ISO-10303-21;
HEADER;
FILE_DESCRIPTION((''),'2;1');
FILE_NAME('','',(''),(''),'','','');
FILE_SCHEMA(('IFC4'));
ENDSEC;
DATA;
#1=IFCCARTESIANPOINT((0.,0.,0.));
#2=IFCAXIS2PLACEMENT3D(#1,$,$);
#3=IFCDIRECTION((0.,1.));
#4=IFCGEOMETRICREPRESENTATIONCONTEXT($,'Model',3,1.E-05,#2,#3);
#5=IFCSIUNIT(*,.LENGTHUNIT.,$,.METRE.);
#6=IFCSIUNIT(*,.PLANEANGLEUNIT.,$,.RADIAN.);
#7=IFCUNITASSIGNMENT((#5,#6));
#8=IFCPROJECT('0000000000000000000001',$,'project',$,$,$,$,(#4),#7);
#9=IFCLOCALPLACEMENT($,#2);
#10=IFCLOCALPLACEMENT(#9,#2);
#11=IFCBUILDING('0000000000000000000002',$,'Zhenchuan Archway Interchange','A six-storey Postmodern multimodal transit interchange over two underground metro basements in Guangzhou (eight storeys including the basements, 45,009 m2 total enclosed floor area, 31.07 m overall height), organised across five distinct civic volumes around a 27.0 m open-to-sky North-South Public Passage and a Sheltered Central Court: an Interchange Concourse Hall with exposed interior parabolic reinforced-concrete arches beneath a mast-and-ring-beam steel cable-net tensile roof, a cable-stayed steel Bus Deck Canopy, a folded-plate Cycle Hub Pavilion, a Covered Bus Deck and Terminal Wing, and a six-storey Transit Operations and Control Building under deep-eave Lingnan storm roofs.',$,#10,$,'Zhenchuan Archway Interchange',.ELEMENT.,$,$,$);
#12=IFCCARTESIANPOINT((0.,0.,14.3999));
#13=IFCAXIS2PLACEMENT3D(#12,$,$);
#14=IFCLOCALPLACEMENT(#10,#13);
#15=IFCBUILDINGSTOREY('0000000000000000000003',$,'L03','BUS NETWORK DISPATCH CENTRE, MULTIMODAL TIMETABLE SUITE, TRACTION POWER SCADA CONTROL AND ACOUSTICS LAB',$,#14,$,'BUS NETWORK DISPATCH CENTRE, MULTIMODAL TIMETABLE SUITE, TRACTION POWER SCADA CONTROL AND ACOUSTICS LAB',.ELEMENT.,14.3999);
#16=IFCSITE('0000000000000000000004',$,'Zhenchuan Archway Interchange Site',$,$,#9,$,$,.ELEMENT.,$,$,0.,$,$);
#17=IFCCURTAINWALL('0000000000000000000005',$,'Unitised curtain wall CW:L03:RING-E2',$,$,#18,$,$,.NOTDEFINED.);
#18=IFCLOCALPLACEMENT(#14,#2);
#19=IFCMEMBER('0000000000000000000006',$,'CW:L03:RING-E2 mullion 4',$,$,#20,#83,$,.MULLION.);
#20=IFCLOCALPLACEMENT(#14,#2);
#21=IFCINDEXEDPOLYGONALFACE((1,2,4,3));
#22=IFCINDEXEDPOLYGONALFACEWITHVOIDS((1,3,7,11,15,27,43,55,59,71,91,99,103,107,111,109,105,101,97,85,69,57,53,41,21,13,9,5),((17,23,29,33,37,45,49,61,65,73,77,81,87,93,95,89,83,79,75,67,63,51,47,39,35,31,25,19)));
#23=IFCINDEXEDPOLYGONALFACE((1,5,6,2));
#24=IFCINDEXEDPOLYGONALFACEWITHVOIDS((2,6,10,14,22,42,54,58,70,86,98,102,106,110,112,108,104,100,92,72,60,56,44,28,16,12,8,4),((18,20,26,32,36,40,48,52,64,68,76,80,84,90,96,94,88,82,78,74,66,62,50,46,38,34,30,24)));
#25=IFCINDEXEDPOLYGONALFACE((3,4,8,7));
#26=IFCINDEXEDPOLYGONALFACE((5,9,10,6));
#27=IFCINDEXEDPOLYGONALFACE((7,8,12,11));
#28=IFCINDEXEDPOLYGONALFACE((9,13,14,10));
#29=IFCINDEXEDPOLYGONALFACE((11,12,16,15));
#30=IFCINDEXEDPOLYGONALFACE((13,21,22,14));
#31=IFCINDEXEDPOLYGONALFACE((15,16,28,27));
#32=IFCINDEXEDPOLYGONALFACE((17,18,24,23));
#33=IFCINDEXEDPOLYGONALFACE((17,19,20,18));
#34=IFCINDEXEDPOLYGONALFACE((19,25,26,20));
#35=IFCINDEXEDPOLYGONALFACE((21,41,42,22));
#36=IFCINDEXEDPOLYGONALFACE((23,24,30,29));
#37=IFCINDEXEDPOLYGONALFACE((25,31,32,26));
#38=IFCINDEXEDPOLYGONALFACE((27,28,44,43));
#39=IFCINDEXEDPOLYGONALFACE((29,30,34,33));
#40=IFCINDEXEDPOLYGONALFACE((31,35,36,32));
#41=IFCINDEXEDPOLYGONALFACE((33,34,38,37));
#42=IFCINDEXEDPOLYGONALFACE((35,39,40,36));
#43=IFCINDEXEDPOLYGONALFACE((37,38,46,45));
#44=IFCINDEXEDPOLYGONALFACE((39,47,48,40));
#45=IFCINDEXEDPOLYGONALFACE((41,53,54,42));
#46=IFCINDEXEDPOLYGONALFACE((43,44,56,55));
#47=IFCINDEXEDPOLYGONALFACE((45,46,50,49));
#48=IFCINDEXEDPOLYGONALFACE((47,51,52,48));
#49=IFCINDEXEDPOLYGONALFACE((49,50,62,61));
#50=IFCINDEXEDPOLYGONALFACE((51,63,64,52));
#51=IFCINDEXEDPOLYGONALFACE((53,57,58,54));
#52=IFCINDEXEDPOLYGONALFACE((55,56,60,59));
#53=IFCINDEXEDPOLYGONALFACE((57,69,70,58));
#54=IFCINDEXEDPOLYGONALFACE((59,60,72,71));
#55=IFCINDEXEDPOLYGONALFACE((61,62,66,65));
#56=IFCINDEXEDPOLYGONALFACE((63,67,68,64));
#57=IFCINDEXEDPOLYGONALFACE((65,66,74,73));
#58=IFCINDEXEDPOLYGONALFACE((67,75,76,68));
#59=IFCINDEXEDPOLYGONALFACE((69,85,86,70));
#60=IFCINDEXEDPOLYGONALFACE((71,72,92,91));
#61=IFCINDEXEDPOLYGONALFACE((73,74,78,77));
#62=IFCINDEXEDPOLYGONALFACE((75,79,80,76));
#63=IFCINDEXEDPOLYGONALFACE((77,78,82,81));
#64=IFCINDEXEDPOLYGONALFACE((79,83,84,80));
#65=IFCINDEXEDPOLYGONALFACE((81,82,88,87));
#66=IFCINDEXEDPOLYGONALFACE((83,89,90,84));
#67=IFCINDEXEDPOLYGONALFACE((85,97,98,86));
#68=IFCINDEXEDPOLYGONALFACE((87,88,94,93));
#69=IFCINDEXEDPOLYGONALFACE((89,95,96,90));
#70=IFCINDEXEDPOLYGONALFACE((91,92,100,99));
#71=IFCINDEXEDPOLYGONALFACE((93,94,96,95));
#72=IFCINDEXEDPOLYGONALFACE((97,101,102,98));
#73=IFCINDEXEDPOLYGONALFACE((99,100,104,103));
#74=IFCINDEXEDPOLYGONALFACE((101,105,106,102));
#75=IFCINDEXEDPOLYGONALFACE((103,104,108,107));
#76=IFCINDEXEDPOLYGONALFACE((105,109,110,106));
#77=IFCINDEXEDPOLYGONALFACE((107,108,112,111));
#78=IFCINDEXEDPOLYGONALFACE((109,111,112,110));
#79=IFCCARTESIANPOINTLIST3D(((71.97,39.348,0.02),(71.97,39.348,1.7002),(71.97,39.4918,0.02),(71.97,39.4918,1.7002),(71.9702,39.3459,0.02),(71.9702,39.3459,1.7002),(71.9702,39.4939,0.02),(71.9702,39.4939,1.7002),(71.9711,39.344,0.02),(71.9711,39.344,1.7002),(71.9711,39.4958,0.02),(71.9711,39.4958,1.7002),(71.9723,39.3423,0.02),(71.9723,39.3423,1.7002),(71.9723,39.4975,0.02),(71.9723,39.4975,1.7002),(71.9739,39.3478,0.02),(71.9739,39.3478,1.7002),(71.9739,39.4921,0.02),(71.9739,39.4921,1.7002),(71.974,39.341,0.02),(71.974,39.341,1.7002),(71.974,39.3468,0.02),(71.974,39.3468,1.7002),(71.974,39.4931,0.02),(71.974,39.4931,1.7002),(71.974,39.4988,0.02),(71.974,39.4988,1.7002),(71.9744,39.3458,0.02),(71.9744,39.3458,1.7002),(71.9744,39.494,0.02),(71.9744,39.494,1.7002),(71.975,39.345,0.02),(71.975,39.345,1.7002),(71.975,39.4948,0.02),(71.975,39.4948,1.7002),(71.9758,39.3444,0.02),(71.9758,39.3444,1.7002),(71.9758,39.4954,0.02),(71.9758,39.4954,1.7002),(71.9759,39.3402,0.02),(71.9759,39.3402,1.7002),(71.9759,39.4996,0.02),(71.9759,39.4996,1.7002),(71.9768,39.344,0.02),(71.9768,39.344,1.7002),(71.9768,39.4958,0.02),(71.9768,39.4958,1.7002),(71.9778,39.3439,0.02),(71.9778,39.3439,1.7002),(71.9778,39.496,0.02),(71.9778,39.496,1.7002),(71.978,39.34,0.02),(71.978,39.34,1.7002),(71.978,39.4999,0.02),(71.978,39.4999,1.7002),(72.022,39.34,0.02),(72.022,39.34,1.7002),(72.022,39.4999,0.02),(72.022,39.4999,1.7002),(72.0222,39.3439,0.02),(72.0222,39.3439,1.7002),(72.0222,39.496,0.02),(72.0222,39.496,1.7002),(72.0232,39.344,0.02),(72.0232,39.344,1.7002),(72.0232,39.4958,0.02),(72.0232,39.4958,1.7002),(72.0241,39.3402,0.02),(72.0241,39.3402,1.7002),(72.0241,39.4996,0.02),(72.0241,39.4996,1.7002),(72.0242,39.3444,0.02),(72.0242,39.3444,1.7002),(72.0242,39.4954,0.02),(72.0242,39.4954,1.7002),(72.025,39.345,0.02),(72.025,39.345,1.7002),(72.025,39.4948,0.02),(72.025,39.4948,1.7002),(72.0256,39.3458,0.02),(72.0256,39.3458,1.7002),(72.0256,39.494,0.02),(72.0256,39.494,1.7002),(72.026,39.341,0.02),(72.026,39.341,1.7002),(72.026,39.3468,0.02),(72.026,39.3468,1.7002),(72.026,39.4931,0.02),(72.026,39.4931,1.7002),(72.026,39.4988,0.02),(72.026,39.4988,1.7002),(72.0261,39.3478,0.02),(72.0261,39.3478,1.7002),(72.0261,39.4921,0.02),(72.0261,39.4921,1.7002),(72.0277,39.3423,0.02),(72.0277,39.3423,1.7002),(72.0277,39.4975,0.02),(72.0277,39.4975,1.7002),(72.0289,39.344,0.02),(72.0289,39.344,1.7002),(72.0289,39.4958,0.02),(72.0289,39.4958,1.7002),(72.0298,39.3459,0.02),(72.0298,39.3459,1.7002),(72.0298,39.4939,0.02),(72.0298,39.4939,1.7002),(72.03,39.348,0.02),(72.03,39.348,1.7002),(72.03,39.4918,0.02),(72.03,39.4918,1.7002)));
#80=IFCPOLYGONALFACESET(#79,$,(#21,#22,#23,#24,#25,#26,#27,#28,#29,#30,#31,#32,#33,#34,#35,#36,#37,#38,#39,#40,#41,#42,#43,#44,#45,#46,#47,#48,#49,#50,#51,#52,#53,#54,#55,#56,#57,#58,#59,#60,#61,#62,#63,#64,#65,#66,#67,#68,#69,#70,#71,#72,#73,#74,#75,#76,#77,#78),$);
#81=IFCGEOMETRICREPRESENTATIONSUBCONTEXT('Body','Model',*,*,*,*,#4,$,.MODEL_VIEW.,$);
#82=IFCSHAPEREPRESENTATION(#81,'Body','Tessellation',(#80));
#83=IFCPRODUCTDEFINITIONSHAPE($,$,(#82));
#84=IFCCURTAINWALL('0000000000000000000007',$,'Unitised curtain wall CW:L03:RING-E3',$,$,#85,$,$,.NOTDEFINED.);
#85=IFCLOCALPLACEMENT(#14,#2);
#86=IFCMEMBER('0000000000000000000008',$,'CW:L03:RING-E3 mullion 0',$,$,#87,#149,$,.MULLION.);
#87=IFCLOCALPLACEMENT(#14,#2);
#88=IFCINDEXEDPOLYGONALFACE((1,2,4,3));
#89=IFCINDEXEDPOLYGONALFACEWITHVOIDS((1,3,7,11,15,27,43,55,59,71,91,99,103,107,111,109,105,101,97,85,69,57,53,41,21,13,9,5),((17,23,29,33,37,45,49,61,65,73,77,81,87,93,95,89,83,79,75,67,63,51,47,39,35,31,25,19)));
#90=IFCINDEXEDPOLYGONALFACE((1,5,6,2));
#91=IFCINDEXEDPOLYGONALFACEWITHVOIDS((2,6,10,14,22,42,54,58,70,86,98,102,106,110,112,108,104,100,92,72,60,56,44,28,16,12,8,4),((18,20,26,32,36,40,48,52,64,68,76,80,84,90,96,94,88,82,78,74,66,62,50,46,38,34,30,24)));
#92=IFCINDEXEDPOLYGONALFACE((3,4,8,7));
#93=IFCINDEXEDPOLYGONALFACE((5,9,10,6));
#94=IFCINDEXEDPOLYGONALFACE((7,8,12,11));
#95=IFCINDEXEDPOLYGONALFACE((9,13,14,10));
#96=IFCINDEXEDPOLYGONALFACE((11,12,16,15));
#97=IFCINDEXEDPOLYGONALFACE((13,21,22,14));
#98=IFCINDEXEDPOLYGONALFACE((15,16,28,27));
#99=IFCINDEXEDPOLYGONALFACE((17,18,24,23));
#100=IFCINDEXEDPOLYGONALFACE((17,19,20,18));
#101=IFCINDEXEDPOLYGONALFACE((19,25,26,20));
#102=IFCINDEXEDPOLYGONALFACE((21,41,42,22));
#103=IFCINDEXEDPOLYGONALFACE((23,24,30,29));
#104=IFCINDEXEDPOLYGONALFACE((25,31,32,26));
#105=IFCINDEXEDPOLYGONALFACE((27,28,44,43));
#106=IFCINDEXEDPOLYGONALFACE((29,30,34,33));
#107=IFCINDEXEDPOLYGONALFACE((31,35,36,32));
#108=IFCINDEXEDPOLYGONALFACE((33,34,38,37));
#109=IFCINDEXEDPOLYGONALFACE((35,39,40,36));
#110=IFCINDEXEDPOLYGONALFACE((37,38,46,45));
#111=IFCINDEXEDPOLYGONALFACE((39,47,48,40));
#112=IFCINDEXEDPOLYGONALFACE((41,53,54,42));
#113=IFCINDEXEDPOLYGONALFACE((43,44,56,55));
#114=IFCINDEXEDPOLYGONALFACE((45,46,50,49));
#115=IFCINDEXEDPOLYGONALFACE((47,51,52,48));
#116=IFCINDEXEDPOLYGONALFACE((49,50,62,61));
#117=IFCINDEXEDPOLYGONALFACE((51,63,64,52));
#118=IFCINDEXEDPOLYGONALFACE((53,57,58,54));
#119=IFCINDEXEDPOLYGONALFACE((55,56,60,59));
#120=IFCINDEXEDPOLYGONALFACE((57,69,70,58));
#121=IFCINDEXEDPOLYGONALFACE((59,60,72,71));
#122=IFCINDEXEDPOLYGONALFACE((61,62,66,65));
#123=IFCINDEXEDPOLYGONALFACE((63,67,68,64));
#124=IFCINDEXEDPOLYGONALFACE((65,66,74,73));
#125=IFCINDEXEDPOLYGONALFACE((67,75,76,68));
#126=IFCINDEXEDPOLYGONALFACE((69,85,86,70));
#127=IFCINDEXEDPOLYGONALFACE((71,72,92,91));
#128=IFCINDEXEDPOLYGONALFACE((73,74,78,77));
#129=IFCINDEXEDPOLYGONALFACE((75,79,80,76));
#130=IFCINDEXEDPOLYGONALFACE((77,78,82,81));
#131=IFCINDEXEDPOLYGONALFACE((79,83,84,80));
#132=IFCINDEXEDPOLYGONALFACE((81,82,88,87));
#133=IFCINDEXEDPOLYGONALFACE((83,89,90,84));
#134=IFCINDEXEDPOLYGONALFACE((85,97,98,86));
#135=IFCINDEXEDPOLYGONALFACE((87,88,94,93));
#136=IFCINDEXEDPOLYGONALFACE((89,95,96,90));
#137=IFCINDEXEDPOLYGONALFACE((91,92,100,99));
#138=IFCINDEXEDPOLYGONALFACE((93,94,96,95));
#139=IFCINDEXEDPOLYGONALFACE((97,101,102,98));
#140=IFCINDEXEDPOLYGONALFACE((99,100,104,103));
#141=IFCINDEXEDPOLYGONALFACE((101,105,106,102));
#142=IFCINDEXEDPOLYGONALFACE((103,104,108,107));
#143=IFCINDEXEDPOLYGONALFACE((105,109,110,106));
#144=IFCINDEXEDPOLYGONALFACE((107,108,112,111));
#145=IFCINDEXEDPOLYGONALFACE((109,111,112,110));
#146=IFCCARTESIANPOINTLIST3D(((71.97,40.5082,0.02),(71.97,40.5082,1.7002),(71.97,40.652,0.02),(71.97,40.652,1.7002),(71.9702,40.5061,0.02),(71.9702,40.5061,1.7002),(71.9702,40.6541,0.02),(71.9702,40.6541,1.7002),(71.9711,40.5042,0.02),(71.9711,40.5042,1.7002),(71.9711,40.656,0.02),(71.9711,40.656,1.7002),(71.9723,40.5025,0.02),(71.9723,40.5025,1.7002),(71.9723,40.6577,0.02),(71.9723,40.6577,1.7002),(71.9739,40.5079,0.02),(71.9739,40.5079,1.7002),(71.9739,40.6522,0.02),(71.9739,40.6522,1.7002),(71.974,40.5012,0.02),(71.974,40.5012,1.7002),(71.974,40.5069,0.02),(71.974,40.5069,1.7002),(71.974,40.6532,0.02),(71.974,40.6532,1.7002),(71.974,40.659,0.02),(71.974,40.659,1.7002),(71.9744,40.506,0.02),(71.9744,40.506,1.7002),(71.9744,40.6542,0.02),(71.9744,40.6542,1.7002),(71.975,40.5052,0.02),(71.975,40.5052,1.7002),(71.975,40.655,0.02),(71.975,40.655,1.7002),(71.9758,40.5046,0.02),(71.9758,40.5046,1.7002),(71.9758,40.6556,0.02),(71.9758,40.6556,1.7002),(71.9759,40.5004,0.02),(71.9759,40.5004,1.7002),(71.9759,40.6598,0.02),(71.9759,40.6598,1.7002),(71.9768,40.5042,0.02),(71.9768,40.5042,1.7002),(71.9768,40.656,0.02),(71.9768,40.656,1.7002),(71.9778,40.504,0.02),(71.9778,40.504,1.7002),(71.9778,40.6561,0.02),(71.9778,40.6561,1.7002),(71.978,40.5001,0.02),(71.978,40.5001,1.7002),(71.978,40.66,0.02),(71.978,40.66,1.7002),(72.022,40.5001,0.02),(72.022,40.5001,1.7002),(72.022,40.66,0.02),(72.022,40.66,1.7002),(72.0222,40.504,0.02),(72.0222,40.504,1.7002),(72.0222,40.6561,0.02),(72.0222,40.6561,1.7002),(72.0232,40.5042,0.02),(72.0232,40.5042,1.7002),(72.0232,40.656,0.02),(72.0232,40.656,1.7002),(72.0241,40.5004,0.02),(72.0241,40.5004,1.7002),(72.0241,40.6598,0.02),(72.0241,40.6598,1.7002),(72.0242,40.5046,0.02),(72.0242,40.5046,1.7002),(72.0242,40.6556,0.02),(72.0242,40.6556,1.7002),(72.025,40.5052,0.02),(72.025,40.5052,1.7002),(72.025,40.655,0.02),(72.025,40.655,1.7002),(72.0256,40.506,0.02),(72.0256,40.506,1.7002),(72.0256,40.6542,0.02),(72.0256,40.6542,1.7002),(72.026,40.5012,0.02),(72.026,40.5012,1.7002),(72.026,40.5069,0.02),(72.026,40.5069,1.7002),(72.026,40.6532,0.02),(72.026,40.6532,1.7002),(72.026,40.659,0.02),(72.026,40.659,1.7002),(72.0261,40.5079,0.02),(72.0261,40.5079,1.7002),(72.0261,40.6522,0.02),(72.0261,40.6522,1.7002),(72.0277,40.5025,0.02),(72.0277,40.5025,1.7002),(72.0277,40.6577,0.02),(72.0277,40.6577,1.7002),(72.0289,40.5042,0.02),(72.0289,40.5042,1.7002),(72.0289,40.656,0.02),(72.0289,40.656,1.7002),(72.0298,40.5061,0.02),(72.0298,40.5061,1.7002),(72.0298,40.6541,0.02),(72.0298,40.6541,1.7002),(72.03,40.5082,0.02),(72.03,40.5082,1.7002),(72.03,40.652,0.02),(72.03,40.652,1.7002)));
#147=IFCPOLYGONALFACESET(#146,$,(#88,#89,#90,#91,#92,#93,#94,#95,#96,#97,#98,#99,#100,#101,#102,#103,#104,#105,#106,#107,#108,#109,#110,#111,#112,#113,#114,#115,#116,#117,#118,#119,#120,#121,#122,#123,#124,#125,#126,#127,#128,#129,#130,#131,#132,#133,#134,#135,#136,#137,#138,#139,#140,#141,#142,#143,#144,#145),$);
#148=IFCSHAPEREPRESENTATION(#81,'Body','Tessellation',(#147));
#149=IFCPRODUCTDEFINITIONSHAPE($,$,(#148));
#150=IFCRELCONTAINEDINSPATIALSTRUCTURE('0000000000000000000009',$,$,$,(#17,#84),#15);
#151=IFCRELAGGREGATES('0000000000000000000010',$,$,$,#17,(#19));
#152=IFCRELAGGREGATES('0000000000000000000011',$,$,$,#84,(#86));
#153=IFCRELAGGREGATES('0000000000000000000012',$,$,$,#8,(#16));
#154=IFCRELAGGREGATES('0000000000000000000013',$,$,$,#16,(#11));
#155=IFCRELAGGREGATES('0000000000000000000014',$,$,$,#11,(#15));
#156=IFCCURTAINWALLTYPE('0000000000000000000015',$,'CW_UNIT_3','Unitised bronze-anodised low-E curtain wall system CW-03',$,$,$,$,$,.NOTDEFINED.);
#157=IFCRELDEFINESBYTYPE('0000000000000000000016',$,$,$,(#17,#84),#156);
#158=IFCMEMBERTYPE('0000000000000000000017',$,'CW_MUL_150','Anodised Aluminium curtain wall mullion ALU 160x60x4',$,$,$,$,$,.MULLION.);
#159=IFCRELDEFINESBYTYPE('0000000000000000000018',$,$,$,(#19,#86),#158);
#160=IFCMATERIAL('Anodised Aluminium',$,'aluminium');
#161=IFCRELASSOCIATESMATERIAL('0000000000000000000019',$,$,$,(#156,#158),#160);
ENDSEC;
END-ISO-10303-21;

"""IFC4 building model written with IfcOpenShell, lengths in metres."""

from ifc_helpers import new_model, si_unit, direction, frame, origin, origin_2d, place, context, subcontext, project, spatial, hollow_rectangle, extrude, material, material_profile, profile_set, type_object, element, aggregate, save


model = new_model("IFC4")

# Units and contexts
model_context = context("Model", 3, precision=1e-05, world=origin(), true_north=direction((0.0, 1.0)))
body_context = subcontext(model_context, "Body", "Model", "MODEL_VIEW")
ifc_project = project(units=[si_unit("LENGTHUNIT", "METRE"), si_unit("PLANEANGLEUNIT", "RADIAN")], contexts=[model_context])

# Site, building, storey
site_placement = place(None, origin())
site = spatial("IfcSite", under=ifc_project, at=site_placement, Name="Zhenchuan Archway Interchange Site", CompositionType="ELEMENT", RefElevation=0.0)
building_placement = place(site_placement, origin())
building = spatial("IfcBuilding", under=site, at=building_placement, Name="Zhenchuan Archway Interchange", Description="A six-storey Postmodern multimodal transit interchange over two underground metro basements in Guangzhou (eight storeys including the basements, 45,009 m2 total enclosed floor area, 31.07 m overall height), organised across five distinct civic volumes around a 27.0 m open-to-sky North-South Public Passage and a Sheltered Central Court: an Interchange Concourse Hall with exposed interior parabolic reinforced-concrete arches beneath a mast-and-ring-beam steel cable-net tensile roof, a cable-stayed steel Bus Deck Canopy, a folded-plate Cycle Hub Pavilion, a Covered Bus Deck and Terminal Wing, and a six-storey Transit Operations and Control Building under deep-eave Lingnan storm roofs.", LongName="Zhenchuan Archway Interchange", CompositionType="ELEMENT")
storey_placement = place(building_placement, frame((0.0, 0.0, 14.3999)))
storey = spatial("IfcBuildingStorey", under=building, at=storey_placement, Name="L03", Description="BUS NETWORK DISPATCH CENTRE, MULTIMODAL TIMETABLE SUITE, TRACTION POWER SCADA CONTROL AND ACOUSTICS LAB", LongName="BUS NETWORK DISPATCH CENTRE, MULTIMODAL TIMETABLE SUITE, TRACTION POWER SCADA CONTROL AND ACOUSTICS LAB", CompositionType="ELEMENT", Elevation=14.3999)

# Curtain walls, members
ifc_material_1 = material(Name="Anodised Aluminium", Category="aluminium")
curtain_wall_type = type_object("IfcCurtainWallType", Name="CW_UNIT_3", Description="Unitised bronze-anodised low-E curtain wall system CW-03", PredefinedType="NOTDEFINED", material=ifc_material_1)
curtain_wall_1_placement = place(storey_placement, origin())
curtain_wall_1 = element("IfcCurtainWall", 1, at=curtain_wall_1_placement, inside=storey, type_object=curtain_wall_type, Name="Unitised curtain wall CW:L03:RING-E2", PredefinedType="NOTDEFINED")
ifc_material_profile_1 = material_profile(ifc_material_1, hollow_rectangle(XDim=0.0601, YDim=0.1599, WallThickness=0.0039, InnerFilletRadius=0.0039, OuterFilletRadius=0.0081, at=origin_2d()), Name="ALU 160x60x4")
ifc_profile_set_1 = profile_set([ifc_material_profile_1], Name="Anodised Aluminium")
member_type_1 = type_object("IfcMemberType", Name="CW_MUL_150", Description="Anodised Aluminium curtain wall mullion ALU 160x60x4", PredefinedType="MULLION", material=ifc_profile_set_1)
member_1_placement = place(storey_placement, frame((72.0, 39.4199, 0.02), z_axis=(0.0, 0.0, 1.0), x_axis=(1.0, 0.0, 0.0)))
member_1 = element("IfcMember", 2, at=member_1_placement, type_object=member_type_1, Name="CW:L03:RING-E2 mullion 4", PredefinedType="MULLION", context=body_context, shape_type="SweptSolid", body=[
    extrude(hollow_rectangle(XDim=0.0601, YDim=0.1599, WallThickness=0.0039, InnerFilletRadius=0.0039, OuterFilletRadius=0.0081, at=origin_2d()), origin(), (0.0, 0.0, 1.0), 1.6802),
])
curtain_wall_2_placement = place(storey_placement, origin())
curtain_wall_2 = element("IfcCurtainWall", 3, at=curtain_wall_2_placement, inside=storey, type_object=curtain_wall_type, Name="Unitised curtain wall CW:L03:RING-E3", PredefinedType="NOTDEFINED")
member_2_placement = place(storey_placement, frame((72.0, 40.5801, 0.02), z_axis=(0.0, 0.0, 1.0), x_axis=(1.0, 0.0, 0.0)))
member_2 = element("IfcMember", 4, at=member_2_placement, type_object=member_type_1, Name="CW:L03:RING-E3 mullion 0", PredefinedType="MULLION", context=body_context, shape_type="SweptSolid", body=[
    extrude(hollow_rectangle(XDim=0.0601, YDim=0.1599, WallThickness=0.0039, InnerFilletRadius=0.0039, OuterFilletRadius=0.0081, at=origin_2d()), origin(), (0.0, 0.0, 1.0), 1.6802),
])

aggregate(curtain_wall_1, [member_1])
aggregate(curtain_wall_2, [member_2])

save(model, "model.ifc")
